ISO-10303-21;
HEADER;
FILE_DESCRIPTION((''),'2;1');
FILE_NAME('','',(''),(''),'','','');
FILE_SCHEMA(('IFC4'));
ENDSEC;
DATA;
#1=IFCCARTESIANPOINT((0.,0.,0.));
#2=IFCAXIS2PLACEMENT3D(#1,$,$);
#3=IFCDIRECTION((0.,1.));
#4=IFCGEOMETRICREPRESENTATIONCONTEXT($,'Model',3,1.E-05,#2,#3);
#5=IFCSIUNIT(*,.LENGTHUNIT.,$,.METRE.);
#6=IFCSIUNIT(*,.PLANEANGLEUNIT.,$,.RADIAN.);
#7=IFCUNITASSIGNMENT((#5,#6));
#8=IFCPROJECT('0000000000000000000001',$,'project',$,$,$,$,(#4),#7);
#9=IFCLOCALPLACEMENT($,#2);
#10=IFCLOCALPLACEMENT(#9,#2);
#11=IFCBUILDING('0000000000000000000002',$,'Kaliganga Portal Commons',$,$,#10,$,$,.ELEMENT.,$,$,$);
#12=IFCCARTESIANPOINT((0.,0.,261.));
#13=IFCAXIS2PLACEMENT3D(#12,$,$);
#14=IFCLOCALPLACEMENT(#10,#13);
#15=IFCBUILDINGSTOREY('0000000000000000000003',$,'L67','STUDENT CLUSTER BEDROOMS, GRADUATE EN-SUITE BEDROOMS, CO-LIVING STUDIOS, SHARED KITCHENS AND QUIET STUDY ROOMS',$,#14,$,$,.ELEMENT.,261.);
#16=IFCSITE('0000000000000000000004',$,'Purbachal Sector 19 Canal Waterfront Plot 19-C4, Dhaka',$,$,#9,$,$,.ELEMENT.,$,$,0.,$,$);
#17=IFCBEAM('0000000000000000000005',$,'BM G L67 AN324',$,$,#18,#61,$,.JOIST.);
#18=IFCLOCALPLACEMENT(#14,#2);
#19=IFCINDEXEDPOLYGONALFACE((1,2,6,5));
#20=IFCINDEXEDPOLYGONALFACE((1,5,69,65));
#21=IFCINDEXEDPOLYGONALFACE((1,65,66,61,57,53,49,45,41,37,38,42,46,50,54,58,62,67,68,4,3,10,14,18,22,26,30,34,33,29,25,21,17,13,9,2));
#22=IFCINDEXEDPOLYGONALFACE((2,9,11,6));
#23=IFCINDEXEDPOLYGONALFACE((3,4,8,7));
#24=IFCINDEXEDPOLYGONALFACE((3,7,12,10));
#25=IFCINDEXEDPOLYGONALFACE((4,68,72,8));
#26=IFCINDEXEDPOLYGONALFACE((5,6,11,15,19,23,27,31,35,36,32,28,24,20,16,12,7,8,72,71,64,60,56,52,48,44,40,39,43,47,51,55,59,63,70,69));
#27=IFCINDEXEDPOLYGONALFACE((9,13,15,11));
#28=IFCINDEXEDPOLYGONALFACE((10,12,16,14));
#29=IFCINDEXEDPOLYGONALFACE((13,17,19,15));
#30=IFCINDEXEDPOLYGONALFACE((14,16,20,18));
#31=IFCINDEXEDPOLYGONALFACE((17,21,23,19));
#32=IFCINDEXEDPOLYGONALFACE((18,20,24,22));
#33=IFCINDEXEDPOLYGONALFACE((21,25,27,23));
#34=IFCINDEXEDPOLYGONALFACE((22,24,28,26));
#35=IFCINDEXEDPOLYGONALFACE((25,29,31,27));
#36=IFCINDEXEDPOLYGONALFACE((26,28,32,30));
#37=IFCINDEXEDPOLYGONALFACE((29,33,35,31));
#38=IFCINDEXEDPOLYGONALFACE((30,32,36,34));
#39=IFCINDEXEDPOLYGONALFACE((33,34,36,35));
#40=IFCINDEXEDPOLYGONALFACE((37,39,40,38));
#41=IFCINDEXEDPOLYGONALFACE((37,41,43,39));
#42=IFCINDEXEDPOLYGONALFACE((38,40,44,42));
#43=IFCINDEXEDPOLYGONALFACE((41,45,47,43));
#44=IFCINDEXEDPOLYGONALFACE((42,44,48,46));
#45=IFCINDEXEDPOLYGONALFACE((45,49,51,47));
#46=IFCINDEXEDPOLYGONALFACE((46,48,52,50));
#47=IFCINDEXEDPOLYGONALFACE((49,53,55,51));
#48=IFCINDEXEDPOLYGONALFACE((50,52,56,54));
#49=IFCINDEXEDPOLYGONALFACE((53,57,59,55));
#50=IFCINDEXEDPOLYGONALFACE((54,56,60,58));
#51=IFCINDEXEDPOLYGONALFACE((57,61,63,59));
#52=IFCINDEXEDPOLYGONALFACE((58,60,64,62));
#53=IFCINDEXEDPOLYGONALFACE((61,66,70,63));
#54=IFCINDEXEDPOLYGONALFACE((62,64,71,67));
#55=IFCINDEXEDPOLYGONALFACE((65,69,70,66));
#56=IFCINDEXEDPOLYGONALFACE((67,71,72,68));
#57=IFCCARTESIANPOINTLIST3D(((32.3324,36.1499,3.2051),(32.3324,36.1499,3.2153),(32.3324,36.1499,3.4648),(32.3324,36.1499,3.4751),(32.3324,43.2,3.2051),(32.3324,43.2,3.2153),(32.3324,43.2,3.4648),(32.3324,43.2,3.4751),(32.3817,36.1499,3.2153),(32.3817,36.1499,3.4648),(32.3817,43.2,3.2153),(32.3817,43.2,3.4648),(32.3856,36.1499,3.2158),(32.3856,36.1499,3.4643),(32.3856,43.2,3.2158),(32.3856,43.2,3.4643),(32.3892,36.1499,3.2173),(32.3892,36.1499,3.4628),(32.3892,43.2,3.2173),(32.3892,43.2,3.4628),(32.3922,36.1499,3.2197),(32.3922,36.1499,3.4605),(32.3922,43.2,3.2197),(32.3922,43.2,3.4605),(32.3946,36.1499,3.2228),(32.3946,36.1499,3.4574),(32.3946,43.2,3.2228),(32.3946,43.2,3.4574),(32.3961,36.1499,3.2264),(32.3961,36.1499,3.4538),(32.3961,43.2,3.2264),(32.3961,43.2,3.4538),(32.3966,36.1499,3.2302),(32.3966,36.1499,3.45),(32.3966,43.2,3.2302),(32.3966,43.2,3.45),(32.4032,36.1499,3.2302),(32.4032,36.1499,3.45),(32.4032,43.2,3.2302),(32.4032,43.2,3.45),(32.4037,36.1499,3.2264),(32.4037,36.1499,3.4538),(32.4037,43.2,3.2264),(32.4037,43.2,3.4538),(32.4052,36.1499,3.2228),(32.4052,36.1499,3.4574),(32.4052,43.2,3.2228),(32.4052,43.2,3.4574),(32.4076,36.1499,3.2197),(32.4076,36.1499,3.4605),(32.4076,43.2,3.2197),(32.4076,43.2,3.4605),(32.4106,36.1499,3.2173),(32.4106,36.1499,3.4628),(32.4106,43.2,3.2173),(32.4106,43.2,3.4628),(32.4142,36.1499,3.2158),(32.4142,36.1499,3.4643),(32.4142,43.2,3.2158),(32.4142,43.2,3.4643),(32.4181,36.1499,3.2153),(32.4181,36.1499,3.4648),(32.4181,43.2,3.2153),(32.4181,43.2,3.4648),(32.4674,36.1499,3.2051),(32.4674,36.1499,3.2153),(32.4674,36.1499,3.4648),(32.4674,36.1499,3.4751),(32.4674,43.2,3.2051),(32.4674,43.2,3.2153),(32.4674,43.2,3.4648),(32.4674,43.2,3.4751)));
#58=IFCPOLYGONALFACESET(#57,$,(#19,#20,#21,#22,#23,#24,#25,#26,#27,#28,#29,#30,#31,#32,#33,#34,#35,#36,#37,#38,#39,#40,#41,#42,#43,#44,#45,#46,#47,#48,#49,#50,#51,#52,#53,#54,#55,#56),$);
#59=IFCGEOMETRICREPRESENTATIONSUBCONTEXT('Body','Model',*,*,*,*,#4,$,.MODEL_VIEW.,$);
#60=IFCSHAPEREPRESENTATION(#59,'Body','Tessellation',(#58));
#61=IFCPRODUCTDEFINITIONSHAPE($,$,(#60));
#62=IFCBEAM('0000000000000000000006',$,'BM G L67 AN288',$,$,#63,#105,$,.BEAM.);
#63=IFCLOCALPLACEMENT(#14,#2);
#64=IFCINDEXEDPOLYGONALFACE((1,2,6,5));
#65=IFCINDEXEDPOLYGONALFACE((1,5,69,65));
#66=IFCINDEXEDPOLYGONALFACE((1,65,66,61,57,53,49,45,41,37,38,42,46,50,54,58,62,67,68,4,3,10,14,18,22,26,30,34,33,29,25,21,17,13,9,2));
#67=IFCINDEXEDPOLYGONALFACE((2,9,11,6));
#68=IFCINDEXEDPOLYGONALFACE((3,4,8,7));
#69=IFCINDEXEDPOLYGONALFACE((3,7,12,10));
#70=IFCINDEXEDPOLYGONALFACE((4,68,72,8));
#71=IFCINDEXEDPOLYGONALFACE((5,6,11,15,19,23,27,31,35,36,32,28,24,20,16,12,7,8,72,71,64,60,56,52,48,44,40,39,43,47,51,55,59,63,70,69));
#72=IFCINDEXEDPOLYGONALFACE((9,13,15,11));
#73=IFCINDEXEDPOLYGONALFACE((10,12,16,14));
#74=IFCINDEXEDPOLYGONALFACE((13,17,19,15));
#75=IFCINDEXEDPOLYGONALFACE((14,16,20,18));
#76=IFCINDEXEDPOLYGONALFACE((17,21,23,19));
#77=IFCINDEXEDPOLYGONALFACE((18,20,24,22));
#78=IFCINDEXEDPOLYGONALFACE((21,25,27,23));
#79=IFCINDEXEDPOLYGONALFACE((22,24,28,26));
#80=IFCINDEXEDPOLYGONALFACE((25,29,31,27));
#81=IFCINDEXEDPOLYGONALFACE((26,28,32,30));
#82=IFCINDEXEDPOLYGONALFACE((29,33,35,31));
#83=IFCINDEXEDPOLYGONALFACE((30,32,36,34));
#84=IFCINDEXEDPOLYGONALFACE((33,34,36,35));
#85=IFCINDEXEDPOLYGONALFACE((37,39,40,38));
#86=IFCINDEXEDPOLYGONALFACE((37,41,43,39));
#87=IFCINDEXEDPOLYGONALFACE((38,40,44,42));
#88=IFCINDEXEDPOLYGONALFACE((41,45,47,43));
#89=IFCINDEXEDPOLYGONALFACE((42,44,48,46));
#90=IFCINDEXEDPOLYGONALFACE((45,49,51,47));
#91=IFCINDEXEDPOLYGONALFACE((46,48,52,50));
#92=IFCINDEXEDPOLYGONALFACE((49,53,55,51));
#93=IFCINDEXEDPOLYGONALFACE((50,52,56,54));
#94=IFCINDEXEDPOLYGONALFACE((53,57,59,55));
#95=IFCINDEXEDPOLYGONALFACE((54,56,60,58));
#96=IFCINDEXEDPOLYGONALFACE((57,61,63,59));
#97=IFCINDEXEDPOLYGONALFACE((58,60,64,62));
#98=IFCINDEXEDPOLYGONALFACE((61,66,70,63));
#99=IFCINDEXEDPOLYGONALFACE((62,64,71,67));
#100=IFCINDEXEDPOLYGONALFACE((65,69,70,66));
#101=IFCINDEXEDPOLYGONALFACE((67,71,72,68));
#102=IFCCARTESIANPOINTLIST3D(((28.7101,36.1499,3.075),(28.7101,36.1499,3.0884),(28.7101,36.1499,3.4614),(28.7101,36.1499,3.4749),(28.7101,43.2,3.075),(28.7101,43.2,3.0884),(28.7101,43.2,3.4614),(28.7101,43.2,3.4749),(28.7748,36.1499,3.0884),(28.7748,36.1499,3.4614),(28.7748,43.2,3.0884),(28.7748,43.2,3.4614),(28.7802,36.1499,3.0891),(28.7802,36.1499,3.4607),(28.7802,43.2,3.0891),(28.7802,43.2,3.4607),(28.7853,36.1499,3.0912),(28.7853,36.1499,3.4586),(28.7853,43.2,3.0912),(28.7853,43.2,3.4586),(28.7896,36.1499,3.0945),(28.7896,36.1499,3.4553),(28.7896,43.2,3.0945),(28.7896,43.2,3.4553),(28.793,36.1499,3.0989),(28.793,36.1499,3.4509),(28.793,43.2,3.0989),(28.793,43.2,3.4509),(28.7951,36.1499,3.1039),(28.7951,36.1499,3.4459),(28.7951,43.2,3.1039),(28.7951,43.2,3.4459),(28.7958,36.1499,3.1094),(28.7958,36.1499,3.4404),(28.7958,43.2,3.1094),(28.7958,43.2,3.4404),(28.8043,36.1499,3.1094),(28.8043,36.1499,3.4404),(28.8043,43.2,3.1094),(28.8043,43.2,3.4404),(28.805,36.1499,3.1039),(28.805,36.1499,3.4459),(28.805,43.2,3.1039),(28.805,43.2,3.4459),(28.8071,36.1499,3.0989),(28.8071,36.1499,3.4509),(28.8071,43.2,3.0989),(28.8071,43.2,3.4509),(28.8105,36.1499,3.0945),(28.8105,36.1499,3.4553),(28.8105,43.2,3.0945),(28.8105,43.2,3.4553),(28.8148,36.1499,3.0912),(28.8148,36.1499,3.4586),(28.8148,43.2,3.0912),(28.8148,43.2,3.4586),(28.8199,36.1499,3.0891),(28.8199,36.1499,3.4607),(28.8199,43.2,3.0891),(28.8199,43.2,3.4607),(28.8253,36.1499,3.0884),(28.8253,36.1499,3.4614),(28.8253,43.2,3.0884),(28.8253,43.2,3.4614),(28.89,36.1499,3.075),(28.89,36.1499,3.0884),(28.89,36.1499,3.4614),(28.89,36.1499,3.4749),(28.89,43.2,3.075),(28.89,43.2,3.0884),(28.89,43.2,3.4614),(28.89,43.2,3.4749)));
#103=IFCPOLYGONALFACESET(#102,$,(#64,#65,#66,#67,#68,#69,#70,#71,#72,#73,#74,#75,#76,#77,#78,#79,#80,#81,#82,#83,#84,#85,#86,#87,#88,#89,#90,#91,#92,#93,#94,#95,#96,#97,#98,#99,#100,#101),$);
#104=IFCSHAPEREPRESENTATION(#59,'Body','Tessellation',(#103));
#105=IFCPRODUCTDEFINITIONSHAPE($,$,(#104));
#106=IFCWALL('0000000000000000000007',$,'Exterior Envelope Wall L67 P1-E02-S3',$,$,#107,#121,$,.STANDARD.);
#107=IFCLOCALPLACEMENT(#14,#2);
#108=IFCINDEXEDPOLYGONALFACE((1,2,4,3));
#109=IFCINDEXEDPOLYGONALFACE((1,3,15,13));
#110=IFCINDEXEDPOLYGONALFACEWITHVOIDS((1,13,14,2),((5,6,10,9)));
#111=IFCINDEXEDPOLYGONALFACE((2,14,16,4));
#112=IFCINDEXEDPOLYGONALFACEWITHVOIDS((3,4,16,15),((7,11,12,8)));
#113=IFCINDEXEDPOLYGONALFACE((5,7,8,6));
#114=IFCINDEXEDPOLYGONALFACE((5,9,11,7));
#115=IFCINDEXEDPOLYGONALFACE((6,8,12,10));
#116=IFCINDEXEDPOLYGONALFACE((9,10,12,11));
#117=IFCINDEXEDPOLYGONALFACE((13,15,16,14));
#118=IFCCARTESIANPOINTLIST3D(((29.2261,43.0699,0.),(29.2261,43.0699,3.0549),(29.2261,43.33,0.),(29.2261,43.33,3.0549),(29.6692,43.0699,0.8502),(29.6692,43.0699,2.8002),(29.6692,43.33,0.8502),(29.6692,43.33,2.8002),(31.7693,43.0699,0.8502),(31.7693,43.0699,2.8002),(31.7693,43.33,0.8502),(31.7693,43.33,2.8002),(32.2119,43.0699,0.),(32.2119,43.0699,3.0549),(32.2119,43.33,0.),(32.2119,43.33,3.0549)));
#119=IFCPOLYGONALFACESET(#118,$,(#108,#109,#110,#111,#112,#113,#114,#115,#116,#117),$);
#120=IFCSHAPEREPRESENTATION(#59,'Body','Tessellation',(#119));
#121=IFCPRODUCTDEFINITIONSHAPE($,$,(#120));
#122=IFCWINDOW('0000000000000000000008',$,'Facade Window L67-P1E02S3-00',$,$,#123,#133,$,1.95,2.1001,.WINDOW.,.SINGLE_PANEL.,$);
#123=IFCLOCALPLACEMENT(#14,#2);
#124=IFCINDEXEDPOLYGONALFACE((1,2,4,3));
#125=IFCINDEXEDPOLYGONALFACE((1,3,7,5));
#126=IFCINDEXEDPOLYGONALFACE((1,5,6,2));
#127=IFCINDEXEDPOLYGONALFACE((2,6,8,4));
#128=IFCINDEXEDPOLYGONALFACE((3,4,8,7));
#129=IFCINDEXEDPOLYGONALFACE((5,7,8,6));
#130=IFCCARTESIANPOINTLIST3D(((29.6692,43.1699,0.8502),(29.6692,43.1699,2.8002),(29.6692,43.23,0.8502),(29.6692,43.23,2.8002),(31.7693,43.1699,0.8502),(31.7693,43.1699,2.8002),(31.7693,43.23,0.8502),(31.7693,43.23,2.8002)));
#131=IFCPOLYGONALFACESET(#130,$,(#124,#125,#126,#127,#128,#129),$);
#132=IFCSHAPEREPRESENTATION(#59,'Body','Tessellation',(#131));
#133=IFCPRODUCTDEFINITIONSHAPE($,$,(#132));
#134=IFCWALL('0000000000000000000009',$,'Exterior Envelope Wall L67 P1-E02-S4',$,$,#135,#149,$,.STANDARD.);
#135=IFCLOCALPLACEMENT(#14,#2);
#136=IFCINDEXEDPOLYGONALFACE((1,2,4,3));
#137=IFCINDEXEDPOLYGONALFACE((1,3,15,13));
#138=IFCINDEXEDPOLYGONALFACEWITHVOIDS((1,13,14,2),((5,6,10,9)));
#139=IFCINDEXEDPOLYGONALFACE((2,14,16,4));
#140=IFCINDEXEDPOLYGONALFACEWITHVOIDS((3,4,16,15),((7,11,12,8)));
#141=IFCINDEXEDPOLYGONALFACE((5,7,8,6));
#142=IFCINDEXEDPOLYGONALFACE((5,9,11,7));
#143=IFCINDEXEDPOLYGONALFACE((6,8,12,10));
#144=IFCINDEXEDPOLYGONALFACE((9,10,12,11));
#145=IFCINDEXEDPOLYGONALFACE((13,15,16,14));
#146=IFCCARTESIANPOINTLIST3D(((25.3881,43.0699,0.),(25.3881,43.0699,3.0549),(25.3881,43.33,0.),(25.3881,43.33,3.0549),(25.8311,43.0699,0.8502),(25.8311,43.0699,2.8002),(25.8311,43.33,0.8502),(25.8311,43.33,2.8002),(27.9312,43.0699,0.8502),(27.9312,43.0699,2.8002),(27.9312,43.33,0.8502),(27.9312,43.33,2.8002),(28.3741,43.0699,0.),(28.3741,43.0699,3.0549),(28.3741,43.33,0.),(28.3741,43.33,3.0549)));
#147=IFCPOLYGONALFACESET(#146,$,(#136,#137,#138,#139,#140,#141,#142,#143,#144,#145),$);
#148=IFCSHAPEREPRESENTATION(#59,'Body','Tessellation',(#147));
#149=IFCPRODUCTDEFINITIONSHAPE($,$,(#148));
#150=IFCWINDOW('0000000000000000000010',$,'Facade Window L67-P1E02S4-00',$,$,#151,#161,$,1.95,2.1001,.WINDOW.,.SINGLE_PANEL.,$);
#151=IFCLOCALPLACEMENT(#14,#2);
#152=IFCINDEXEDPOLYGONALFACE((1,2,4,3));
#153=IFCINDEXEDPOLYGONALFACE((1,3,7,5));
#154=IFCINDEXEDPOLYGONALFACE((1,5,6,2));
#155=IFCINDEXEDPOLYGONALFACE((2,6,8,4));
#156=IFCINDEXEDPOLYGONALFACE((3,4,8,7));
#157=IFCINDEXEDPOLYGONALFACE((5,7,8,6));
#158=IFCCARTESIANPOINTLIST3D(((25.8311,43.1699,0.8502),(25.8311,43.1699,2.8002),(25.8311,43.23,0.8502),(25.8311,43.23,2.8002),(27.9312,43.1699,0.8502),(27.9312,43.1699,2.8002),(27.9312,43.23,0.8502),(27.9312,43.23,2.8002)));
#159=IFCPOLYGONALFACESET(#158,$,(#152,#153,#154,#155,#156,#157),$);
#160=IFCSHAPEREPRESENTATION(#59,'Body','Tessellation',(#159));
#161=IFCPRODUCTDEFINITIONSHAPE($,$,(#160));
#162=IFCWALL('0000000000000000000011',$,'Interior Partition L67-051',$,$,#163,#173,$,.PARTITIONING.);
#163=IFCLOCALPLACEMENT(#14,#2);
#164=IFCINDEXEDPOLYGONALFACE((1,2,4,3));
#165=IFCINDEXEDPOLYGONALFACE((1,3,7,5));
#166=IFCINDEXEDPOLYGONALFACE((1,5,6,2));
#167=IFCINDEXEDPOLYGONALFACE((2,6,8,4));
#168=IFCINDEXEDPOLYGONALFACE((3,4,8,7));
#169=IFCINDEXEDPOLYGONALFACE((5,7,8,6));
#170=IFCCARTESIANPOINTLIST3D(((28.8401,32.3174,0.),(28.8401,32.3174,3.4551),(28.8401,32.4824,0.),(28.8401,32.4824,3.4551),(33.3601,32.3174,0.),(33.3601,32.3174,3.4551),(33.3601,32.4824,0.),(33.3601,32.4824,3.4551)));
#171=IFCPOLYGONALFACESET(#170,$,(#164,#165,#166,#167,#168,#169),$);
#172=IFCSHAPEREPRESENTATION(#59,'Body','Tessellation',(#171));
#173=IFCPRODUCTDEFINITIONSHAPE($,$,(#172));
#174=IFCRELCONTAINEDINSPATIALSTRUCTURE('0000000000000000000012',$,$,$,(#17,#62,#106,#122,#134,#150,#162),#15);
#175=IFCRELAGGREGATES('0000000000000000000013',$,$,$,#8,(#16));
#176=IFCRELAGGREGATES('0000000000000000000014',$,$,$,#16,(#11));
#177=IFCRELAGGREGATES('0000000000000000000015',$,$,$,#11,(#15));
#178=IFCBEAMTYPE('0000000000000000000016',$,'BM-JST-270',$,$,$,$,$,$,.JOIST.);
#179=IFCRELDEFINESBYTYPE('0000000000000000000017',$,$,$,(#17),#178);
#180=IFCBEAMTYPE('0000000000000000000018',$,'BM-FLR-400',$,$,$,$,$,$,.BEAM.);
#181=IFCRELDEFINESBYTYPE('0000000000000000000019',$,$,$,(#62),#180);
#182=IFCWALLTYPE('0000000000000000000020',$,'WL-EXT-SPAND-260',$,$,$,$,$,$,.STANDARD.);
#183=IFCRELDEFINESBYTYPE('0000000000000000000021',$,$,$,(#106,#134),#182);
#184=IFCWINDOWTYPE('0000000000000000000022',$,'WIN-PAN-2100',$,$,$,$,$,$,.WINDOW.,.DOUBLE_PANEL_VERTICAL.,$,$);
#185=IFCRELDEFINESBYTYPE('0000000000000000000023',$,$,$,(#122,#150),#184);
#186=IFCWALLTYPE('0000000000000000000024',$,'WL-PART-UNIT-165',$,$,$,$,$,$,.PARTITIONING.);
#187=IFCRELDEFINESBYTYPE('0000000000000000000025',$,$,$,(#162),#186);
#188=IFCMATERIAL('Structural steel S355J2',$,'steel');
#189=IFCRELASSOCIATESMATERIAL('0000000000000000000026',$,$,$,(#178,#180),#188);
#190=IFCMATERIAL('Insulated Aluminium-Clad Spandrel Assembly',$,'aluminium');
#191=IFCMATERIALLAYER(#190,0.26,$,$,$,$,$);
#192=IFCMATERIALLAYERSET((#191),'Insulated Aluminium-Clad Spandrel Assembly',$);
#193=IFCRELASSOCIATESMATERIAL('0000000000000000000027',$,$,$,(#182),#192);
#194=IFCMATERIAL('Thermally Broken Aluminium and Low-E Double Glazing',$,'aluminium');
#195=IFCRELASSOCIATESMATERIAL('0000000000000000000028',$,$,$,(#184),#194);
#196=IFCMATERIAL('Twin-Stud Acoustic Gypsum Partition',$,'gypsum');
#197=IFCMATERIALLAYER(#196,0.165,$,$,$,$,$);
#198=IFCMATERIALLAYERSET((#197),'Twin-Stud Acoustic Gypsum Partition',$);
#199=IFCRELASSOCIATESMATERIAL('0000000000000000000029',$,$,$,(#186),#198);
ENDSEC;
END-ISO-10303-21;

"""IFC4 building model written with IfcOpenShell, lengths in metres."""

from ifc_helpers import new_model, si_unit, direction, frame, frame_2d, origin, origin_2d, place, context, subcontext, project, spatial, rectangle, i_section, extrude, source, transform, mapped, material, layer, layer_set, material_profile, profile_set, type_object, element, fill, save


model = new_model("IFC4")

# Units and contexts
model_context = context("Model", 3, precision=1e-05, world=origin(), true_north=direction((0.0, 1.0)))
body_context = subcontext(model_context, "Body", "Model", "MODEL_VIEW")
ifc_project = project(units=[si_unit("LENGTHUNIT", "METRE"), si_unit("PLANEANGLEUNIT", "RADIAN")], contexts=[model_context])

# Site, building, storey
site_placement = place(None, origin())
site = spatial("IfcSite", under=ifc_project, at=site_placement, Name="Purbachal Sector 19 Canal Waterfront Plot 19-C4, Dhaka", CompositionType="ELEMENT", RefElevation=0.0)
building_placement = place(site_placement, origin())
building = spatial("IfcBuilding", under=site, at=building_placement, Name="Kaliganga Portal Commons", CompositionType="ELEMENT")
storey_placement = place(building_placement, frame((0.0, 0.0, 261.0)))
storey = spatial("IfcBuildingStorey", under=building, at=storey_placement, Name="L67", Description="STUDENT CLUSTER BEDROOMS, GRADUATE EN-SUITE BEDROOMS, CO-LIVING STUDIOS, SHARED KITCHENS AND QUIET STUDY ROOMS", CompositionType="ELEMENT", Elevation=261.0)

# Shared definitions
ifc_material_1 = material(Name="Structural steel S355J2", Category="steel")

# Beams
ifc_material_profile_1 = material_profile(ifc_material_1, i_section(OverallWidth=0.135, OverallDepth=0.27, WebThickness=0.0066, FlangeThickness=0.0103, FilletRadius=0.0149, at=origin_2d()), Name="IPE 270")
ifc_profile_set_1 = profile_set([ifc_material_profile_1], Name="Structural steel S355J2 wide-flange")
beam_type_1 = type_object("IfcBeamType", Name="BM-JST-270", PredefinedType="JOIST", material=ifc_profile_set_1)
shared_shape_1 = source(origin(), body_context, "Body", "SweptSolid", [
    extrude(i_section(OverallWidth=0.135, OverallDepth=0.27, WebThickness=0.0066, FlangeThickness=0.0103, FilletRadius=0.0149, at=origin_2d()), origin(), (0.0, 0.0, 1.0), 7.05),
])
beam_1_placement = place(storey_placement, frame((32.3999, 36.1499, 3.3401), z_axis=(0.0, 1.0, 0.0), x_axis=(-1.0, 0.0, 0.0)))
element("IfcBeam", 1, at=beam_1_placement, inside=storey, type_object=beam_type_1, Name="BM G L67 AN324", PredefinedType="JOIST", context=body_context, shape_type="MappedRepresentation", body=[
    mapped(shared_shape_1, transform((0.0, 0.0, 0.0), x_axis=(1.0, 0.0, 0.0), y_axis=(0.0, 1.0, 0.0), z_axis=(0.0, 0.0, 1.0), scale=1.0)),
])
ifc_material_profile_2 = material_profile(ifc_material_1, i_section(OverallWidth=0.1799, OverallDepth=0.3999, WebThickness=0.0085, FlangeThickness=0.0134, FilletRadius=0.021, at=origin_2d()), Name="IPE 400")
ifc_profile_set_2 = profile_set([ifc_material_profile_2], Name="Structural steel S355J2 wide-flange")
beam_type_2 = type_object("IfcBeamType", Name="BM-FLR-400", PredefinedType="BEAM", material=ifc_profile_set_2)
shared_shape_2 = source(origin(), body_context, "Body", "SweptSolid", [
    extrude(i_section(OverallWidth=0.1799, OverallDepth=0.3999, WebThickness=0.0085, FlangeThickness=0.0134, FilletRadius=0.021, at=origin_2d()), origin(), (0.0, 0.0, 1.0), 7.05),
])
beam_2_placement = place(storey_placement, frame((28.8, 36.1499, 3.2749), z_axis=(0.0, 1.0, 0.0), x_axis=(-1.0, 0.0, 0.0)))
element("IfcBeam", 2, at=beam_2_placement, inside=storey, type_object=beam_type_2, Name="BM G L67 AN288", PredefinedType="BEAM", context=body_context, shape_type="MappedRepresentation", body=[
    mapped(shared_shape_2, transform((0.0, 0.0, 0.0), x_axis=(1.0, 0.0, 0.0), y_axis=(0.0, 1.0, 0.0), z_axis=(0.0, 0.0, 1.0), scale=1.0)),
])

# Walls, openings, windows
ifc_material_2 = material(Name="Insulated Aluminium-Clad Spandrel Assembly", Category="aluminium")
ifc_layer_1 = layer(ifc_material_2, 0.26)
ifc_layer_set_1 = layer_set([ifc_layer_1], Name="Insulated Aluminium-Clad Spandrel Assembly")
wall_type_1 = type_object("IfcWallType", Name="WL-EXT-SPAND-260", PredefinedType="STANDARD", material=ifc_layer_set_1)
wall_1_placement = place(storey_placement, frame((29.2261, 43.2, 0.0), z_axis=(0.0, 0.0, 1.0), x_axis=(1.0, 0.0, 0.0)))
wall_1 = element("IfcWall", 3, at=wall_1_placement, inside=storey, type_object=wall_type_1, Name="Exterior Envelope Wall L67 P1-E02-S3", PredefinedType="STANDARD", context=body_context, shape_type="SweptSolid", body=[
    extrude(rectangle(XDim=2.9858, YDim=0.26, at=frame_2d((1.4929, 0.0))), origin(), (0.0, 0.0, 1.0), 3.0549),
])
opening_1_placement = place(wall_1_placement, frame((0.4431, 0.0, 0.8501)))
opening_1 = element("IfcOpeningElement", 4, at=opening_1_placement, cuts=wall_1, PredefinedType="OPENING", context=body_context, shape_type="SweptSolid", body=[
    extrude(rectangle(XDim=2.1001, YDim=1.95, at=frame_2d((1.05, 0.9751))), frame((0.0, 0.1401, 0.0), z_axis=(0.0, -1.0, 0.0), x_axis=(1.0, 0.0, 0.0)), (0.0, 0.0, 1.0), 0.28),
])
ifc_material_3 = material(Name="Thermally Broken Aluminium and Low-E Double Glazing", Category="aluminium")
window_type = type_object("IfcWindowType", Name="WIN-PAN-2100", PartitioningType="DOUBLE_PANEL_VERTICAL", PredefinedType="WINDOW", material=ifc_material_3)
window_1_placement = place(opening_1_placement, origin())
window_1 = element("IfcWindow", 5, at=window_1_placement, inside=storey, type_object=window_type, Name="Facade Window L67-P1E02S3-00", OverallHeight=1.95, OverallWidth=2.1001, PartitioningType="SINGLE_PANEL", PredefinedType="WINDOW", context=body_context, shape_type="SweptSolid", body=[
    extrude(rectangle(XDim=2.1001, YDim=1.95, at=frame_2d((1.05, 0.9751))), frame((0.0, 0.03, 0.0), z_axis=(0.0, -1.0, 0.0), x_axis=(1.0, 0.0, 0.0)), (0.0, 0.0, 1.0), 0.0601),
])
fill(opening_1, window_1)
wall_2_placement = place(storey_placement, frame((25.3879, 43.2, 0.0), z_axis=(0.0, 0.0, 1.0), x_axis=(1.0, 0.0, 0.0)))
wall_2 = element("IfcWall", 6, at=wall_2_placement, inside=storey, type_object=wall_type_1, Name="Exterior Envelope Wall L67 P1-E02-S4", PredefinedType="STANDARD", context=body_context, shape_type="SweptSolid", body=[
    extrude(rectangle(XDim=2.9861, YDim=0.26, at=frame_2d((1.4932, 0.0))), origin(), (0.0, 0.0, 1.0), 3.0549),
])
opening_2_placement = place(wall_2_placement, frame((0.4431, 0.0, 0.8501)))
opening_2 = element("IfcOpeningElement", 7, at=opening_2_placement, cuts=wall_2, PredefinedType="OPENING", context=body_context, shape_type="SweptSolid", body=[
    extrude(rectangle(XDim=2.1001, YDim=1.95, at=frame_2d((1.05, 0.9751))), frame((0.0, 0.1401, 0.0), z_axis=(0.0, -1.0, 0.0), x_axis=(1.0, 0.0, 0.0)), (0.0, 0.0, 1.0), 0.28),
])
window_2_placement = place(opening_2_placement, origin())
window_2 = element("IfcWindow", 8, at=window_2_placement, inside=storey, type_object=window_type, Name="Facade Window L67-P1E02S4-00", OverallHeight=1.95, OverallWidth=2.1001, PartitioningType="SINGLE_PANEL", PredefinedType="WINDOW", context=body_context, shape_type="SweptSolid", body=[
    extrude(rectangle(XDim=2.1001, YDim=1.95, at=frame_2d((1.05, 0.9751))), frame((0.0, 0.03, 0.0), z_axis=(0.0, -1.0, 0.0), x_axis=(1.0, 0.0, 0.0)), (0.0, 0.0, 1.0), 0.0601),
])
fill(opening_2, window_2)

# Wall
ifc_material_4 = material(Name="Twin-Stud Acoustic Gypsum Partition", Category="gypsum")
ifc_layer_2 = layer(ifc_material_4, 0.165)
ifc_layer_set_2 = layer_set([ifc_layer_2], Name="Twin-Stud Acoustic Gypsum Partition")
wall_type_2 = type_object("IfcWallType", Name="WL-PART-UNIT-165", PredefinedType="PARTITIONING", material=ifc_layer_set_2)
wall_3_placement = place(storey_placement, frame((28.8401, 32.3999, 0.0), z_axis=(0.0, 0.0, 1.0), x_axis=(1.0, 0.0, 0.0)))
element("IfcWall", 9, at=wall_3_placement, inside=storey, type_object=wall_type_2, Name="Interior Partition L67-051", PredefinedType="PARTITIONING", context=body_context, shape_type="SweptSolid", body=[
    extrude(rectangle(XDim=4.52, YDim=0.165, at=frame_2d((2.26, 0.0))), origin(), (0.0, 0.0, 1.0), 3.4551),
])

save(model, "model.ifc")
